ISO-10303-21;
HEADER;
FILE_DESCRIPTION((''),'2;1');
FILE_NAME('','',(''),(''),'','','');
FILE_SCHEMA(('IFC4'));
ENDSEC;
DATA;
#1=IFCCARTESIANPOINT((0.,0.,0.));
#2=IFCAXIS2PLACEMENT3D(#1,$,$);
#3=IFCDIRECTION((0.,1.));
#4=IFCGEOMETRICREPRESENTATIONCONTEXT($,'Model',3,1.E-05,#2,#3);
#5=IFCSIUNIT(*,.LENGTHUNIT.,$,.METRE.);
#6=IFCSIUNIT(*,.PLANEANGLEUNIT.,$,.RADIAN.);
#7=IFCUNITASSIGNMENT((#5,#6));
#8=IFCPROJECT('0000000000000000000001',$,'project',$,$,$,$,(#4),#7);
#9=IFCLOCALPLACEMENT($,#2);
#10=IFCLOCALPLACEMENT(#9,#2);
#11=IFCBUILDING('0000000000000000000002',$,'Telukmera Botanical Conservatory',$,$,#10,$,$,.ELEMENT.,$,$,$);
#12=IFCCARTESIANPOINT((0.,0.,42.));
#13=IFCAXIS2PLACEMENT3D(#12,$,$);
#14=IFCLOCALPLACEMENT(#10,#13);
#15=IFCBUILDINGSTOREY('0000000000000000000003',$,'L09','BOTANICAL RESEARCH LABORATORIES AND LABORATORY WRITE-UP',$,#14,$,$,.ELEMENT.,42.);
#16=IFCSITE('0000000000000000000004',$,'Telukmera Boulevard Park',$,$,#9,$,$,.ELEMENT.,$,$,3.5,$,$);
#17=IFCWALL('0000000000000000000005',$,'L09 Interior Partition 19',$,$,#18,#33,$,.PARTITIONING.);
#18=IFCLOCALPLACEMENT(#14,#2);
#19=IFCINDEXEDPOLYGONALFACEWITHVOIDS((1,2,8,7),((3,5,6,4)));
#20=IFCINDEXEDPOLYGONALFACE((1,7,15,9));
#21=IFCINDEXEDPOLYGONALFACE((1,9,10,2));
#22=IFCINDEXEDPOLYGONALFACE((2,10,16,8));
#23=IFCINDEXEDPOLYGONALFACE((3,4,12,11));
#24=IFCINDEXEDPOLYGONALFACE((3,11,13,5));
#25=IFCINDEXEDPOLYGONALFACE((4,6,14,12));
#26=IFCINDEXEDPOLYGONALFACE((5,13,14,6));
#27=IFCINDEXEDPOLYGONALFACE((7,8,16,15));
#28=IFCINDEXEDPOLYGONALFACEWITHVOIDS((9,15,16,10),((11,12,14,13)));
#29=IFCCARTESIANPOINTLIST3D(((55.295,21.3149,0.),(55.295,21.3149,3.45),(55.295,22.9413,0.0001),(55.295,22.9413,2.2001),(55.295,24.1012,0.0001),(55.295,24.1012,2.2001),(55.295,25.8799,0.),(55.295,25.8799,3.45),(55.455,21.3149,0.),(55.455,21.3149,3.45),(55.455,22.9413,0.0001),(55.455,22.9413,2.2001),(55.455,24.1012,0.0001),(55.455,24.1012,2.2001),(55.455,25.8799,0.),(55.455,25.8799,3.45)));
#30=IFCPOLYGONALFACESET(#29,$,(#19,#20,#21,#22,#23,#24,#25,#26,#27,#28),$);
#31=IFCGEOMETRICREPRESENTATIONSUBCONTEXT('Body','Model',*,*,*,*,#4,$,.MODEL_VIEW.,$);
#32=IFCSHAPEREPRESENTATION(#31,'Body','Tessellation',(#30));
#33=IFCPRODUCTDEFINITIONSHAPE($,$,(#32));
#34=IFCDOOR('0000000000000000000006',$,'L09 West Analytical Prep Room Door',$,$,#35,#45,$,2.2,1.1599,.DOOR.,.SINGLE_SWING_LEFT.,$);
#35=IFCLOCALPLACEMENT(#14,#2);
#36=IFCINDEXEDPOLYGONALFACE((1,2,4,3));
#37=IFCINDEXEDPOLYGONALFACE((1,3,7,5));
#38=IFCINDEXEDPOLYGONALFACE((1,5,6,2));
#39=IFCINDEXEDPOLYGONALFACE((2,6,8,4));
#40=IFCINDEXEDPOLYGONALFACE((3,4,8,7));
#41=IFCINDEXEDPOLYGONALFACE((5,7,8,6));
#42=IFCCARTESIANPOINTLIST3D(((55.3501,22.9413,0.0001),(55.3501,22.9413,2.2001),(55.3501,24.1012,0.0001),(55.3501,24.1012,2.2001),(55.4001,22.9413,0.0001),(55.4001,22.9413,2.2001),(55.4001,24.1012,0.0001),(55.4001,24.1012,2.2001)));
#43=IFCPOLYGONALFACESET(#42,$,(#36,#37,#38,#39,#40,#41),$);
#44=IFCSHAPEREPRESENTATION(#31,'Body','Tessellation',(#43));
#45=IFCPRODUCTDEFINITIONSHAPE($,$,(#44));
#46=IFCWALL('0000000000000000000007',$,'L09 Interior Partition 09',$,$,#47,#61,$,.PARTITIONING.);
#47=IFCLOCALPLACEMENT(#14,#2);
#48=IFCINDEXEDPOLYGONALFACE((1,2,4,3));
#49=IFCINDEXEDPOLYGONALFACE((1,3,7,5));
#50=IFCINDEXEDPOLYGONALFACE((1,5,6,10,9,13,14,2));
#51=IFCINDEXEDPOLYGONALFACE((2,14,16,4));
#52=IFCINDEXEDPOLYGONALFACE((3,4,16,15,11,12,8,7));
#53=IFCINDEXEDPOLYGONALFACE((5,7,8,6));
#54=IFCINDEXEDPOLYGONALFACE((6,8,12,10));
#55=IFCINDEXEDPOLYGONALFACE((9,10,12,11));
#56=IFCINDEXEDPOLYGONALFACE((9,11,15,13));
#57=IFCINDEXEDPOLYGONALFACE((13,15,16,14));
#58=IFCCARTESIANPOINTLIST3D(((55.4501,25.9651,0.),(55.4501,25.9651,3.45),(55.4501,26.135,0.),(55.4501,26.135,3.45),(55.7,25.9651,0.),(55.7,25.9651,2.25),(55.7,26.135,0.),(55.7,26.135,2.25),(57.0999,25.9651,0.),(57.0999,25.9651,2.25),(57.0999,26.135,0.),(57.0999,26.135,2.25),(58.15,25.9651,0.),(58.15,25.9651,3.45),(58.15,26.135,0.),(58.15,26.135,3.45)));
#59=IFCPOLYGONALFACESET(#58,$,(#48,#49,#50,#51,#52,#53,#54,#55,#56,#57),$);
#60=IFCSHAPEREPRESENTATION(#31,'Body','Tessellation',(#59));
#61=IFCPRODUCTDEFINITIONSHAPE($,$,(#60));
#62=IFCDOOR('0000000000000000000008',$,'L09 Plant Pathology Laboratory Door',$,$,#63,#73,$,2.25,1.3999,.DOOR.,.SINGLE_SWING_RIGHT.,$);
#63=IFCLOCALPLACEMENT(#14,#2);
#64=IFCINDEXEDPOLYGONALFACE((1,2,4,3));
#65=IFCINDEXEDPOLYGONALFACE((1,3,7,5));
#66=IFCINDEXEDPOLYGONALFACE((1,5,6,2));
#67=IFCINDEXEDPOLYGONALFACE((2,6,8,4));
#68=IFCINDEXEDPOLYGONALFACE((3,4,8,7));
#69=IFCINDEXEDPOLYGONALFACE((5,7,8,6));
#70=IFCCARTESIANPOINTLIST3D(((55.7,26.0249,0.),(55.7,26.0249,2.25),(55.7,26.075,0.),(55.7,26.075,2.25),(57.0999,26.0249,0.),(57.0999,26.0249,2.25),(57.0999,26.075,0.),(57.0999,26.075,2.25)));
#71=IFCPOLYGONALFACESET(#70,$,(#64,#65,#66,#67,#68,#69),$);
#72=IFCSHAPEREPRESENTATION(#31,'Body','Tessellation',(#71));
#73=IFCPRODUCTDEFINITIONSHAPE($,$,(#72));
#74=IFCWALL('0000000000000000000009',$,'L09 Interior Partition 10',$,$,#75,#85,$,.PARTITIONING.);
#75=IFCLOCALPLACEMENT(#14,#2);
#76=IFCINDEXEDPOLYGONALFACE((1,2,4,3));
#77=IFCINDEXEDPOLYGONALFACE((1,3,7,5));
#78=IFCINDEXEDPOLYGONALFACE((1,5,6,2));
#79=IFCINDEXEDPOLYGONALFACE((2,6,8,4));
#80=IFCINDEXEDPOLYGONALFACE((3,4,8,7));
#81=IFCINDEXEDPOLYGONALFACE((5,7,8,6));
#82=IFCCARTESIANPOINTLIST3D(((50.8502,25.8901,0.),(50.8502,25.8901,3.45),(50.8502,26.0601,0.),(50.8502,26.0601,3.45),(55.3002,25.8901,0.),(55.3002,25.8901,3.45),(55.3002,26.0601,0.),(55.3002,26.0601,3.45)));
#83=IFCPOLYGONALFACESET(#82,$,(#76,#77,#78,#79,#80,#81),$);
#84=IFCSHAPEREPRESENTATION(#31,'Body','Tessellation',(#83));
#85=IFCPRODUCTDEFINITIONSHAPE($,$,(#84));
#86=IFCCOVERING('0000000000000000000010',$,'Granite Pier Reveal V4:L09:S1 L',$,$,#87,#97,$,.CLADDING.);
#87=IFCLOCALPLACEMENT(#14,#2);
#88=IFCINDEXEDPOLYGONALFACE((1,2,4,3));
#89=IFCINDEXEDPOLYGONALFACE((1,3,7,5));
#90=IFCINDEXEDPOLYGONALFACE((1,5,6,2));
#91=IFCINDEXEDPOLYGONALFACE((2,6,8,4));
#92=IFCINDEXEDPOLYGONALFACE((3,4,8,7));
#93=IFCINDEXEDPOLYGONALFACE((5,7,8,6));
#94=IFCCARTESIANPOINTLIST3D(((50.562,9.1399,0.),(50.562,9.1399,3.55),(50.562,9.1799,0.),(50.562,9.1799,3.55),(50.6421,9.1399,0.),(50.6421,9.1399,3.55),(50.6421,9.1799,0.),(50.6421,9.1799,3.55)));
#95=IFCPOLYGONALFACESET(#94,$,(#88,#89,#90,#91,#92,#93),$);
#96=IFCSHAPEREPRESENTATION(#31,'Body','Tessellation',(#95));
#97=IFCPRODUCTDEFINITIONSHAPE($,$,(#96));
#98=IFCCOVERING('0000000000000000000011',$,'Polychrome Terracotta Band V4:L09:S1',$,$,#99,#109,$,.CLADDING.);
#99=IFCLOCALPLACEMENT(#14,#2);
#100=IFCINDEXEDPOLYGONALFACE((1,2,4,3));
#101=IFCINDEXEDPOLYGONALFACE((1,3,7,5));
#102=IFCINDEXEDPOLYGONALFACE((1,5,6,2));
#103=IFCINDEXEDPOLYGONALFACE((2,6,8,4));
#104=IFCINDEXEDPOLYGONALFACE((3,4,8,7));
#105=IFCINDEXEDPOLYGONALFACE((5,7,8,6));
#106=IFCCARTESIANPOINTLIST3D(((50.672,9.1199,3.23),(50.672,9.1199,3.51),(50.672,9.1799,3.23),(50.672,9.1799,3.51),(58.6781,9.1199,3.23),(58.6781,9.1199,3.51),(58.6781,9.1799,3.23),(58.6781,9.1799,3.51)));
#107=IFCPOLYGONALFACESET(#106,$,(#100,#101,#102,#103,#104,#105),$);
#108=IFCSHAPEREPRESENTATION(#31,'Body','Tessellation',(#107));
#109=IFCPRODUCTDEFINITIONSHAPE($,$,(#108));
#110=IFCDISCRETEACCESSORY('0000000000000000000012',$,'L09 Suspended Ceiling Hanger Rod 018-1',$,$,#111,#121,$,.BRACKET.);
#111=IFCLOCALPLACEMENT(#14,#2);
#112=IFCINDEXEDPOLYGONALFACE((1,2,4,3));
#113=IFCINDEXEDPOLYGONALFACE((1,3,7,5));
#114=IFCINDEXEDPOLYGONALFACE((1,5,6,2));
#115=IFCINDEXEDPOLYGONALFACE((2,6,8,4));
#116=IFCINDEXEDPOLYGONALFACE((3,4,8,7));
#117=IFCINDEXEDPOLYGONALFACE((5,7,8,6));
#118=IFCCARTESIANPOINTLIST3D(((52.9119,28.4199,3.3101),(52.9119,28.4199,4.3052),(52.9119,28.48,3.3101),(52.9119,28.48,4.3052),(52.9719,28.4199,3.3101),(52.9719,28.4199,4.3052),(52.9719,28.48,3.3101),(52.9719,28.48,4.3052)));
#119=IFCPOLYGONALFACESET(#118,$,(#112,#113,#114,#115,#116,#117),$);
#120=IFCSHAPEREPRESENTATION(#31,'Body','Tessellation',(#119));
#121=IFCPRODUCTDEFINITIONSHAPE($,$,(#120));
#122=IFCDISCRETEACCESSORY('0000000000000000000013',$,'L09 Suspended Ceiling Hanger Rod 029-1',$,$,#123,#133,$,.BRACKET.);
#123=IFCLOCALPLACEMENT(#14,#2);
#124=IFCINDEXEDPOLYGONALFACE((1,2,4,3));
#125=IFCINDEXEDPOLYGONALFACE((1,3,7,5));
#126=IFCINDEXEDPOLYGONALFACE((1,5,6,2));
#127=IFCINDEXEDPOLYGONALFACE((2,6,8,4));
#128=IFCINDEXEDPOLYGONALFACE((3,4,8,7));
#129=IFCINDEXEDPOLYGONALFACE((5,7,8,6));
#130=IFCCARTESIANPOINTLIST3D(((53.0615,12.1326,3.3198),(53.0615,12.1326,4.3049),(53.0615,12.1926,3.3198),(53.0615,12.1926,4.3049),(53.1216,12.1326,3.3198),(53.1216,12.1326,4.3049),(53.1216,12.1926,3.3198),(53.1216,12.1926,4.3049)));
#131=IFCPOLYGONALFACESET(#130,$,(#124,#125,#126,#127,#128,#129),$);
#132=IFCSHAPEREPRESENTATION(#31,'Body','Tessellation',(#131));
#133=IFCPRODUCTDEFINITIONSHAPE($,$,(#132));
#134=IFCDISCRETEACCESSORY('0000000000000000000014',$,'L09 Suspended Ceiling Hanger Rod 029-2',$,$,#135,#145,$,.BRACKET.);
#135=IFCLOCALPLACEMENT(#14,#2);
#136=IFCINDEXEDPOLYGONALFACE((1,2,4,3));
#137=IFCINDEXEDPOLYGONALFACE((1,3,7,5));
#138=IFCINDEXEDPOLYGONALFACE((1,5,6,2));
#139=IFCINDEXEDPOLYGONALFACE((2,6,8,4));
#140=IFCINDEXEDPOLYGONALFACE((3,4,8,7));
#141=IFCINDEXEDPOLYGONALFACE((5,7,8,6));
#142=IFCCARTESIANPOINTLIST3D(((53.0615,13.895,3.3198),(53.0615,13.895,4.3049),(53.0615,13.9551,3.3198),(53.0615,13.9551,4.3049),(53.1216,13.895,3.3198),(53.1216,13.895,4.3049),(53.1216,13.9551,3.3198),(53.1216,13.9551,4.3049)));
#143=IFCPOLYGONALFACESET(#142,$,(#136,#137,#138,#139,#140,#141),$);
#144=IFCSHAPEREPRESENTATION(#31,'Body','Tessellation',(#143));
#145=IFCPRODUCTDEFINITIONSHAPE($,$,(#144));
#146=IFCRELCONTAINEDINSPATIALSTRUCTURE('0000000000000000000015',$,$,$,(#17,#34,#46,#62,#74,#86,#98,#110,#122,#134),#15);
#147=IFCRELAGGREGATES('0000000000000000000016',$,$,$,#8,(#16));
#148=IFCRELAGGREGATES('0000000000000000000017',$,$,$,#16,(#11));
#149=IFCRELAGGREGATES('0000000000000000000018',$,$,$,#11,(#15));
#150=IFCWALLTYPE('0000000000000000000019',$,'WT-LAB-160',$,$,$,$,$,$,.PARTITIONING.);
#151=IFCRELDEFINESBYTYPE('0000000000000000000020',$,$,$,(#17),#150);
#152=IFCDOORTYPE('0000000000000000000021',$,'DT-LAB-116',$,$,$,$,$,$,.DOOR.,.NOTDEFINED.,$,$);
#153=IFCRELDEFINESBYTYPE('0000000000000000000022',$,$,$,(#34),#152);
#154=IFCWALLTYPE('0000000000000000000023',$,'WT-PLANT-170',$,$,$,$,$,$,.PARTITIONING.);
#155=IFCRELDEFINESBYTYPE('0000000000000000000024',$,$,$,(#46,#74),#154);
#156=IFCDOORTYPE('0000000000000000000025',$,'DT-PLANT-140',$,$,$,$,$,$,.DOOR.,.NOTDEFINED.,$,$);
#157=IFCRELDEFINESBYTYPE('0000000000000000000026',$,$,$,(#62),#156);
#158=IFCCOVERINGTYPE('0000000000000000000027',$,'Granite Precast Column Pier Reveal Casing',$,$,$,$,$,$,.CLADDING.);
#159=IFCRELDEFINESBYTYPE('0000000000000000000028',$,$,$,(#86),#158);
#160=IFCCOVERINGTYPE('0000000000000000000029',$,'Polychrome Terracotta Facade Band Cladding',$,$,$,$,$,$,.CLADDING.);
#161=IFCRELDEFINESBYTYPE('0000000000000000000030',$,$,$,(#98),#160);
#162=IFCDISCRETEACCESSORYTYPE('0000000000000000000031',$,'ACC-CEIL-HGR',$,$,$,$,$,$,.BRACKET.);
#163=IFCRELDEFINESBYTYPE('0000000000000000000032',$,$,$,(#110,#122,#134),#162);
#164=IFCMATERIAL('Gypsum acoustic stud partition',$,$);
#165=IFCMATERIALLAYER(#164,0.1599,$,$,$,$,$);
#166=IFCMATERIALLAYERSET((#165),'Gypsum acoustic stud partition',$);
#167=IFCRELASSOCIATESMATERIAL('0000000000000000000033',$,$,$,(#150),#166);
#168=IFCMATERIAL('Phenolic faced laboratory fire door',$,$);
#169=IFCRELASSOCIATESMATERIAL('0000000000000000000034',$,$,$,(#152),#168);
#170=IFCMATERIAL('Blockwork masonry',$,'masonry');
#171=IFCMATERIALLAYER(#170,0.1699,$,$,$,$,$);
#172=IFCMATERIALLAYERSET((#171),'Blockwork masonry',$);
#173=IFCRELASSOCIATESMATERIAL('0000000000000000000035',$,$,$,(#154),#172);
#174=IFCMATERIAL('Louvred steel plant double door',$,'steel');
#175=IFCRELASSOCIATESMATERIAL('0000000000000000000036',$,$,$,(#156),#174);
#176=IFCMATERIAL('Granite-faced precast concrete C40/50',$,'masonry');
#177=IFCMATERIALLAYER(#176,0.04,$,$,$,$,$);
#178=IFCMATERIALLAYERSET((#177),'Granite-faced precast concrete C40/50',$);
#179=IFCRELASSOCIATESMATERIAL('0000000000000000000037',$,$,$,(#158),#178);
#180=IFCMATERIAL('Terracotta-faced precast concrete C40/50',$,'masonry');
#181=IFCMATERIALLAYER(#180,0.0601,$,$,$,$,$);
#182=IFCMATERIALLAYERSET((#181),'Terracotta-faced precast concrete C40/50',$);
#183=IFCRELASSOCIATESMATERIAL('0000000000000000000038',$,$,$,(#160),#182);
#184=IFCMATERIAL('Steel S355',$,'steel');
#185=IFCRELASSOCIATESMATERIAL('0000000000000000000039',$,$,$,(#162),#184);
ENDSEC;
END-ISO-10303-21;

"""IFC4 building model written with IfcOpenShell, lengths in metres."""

from ifc_helpers import new_model, si_unit, direction, frame, frame_2d, origin, origin_2d, place, context, subcontext, project, spatial, rectangle, extrude, material, layer, layer_set, type_object, element, fill, save


model = new_model("IFC4")

# Units and contexts
model_context = context("Model", 3, precision=1e-05, world=origin(), true_north=direction((0.0, 1.0)))
body_context = subcontext(model_context, "Body", "Model", "MODEL_VIEW")
ifc_project = project(units=[si_unit("LENGTHUNIT", "METRE"), si_unit("PLANEANGLEUNIT", "RADIAN")], contexts=[model_context])

# Site, building, storey
site_placement = place(None, origin())
site = spatial("IfcSite", under=ifc_project, at=site_placement, Name="Telukmera Boulevard Park", CompositionType="ELEMENT", RefElevation=3.5)
building_placement = place(site_placement, origin())
building = spatial("IfcBuilding", under=site, at=building_placement, Name="Telukmera Botanical Conservatory", CompositionType="ELEMENT")
storey_placement = place(building_placement, frame((0.0, 0.0, 42.0)))
storey = spatial("IfcBuildingStorey", under=building, at=storey_placement, Name="L09", Description="BOTANICAL RESEARCH LABORATORIES AND LABORATORY WRITE-UP", CompositionType="ELEMENT", Elevation=42.0)

# Shared definitions
ifc_material_1 = material(Name="Gypsum acoustic stud partition")
ifc_layer_1 = layer(ifc_material_1, 0.1599)
ifc_layer_set_1 = layer_set([ifc_layer_1], Name="Gypsum acoustic stud partition")
wall_type_1 = type_object("IfcWallType", Name="WT-LAB-160", PredefinedType="PARTITIONING", material=ifc_layer_set_1)

# Walls, openings, doors
ifc_material_2 = material(Name="Phenolic faced laboratory fire door")
door_type_1 = type_object("IfcDoorType", Name="DT-LAB-116", OperationType="NOTDEFINED", PredefinedType="DOOR", material=ifc_material_2)
wall_1_placement = place(storey_placement, frame((55.375, 21.3149, 0.0), z_axis=(0.0, 0.0, 1.0), x_axis=(0.0, 1.0, 0.0)))
wall_1 = element("IfcWall", 1, at=wall_1_placement, inside=storey, type_object=wall_type_1, Name="L09 Interior Partition 19", PredefinedType="PARTITIONING", context=body_context, shape_type="SweptSolid", body=[
    extrude(rectangle(XDim=4.5649, YDim=0.1599, at=frame_2d((2.2825, 0.0))), origin(), (0.0, 0.0, 1.0), 3.45),
])
opening_1_placement = place(wall_1_placement, frame((1.6262, 0.0, 0.0)))
opening_1 = element("IfcOpeningElement", 2, at=opening_1_placement, cuts=wall_1, PredefinedType="OPENING", context=body_context, shape_type="SweptSolid", body=[
    extrude(rectangle(XDim=1.1599, YDim=2.2, at=frame_2d((0.5801, 1.1001))), frame((0.0, 0.0898, 0.0), z_axis=(0.0, -1.0, 0.0), x_axis=(1.0, 0.0, 0.0)), (0.0, 0.0, 1.0), 0.1799),
])
door_1_placement = place(opening_1_placement, origin())
door_1 = element("IfcDoor", 3, at=door_1_placement, inside=storey, type_object=door_type_1, Name="L09 West Analytical Prep Room Door", OperationType="SINGLE_SWING_LEFT", OverallHeight=2.2, OverallWidth=1.1599, PredefinedType="DOOR", context=body_context, shape_type="SweptSolid", body=[
    extrude(rectangle(XDim=1.1599, YDim=2.2, at=frame_2d((0.5801, 1.1001))), frame((0.0, 0.0249, 0.0), z_axis=(0.0, -1.0, 0.0), x_axis=(1.0, 0.0, 0.0)), (0.0, 0.0, 1.0), 0.05),
])
fill(opening_1, door_1)
ifc_material_3 = material(Name="Blockwork masonry", Category="masonry")
ifc_layer_2 = layer(ifc_material_3, 0.1699)
ifc_layer_set_2 = layer_set([ifc_layer_2], Name="Blockwork masonry")
wall_type_2 = type_object("IfcWallType", Name="WT-PLANT-170", PredefinedType="PARTITIONING", material=ifc_layer_set_2)
wall_2_placement = place(storey_placement, frame((55.45, 26.05, 0.0), z_axis=(0.0, 0.0, 1.0), x_axis=(1.0, 0.0, 0.0)))
wall_2 = element("IfcWall", 4, at=wall_2_placement, inside=storey, type_object=wall_type_2, Name="L09 Interior Partition 09", PredefinedType="PARTITIONING", context=body_context, shape_type="SweptSolid", body=[
    extrude(rectangle(XDim=2.7, YDim=0.1699, at=frame_2d((1.3501, 0.0))), origin(), (0.0, 0.0, 1.0), 3.45),
])
opening_2_placement = place(wall_2_placement, frame((0.25, 0.0, 0.0)))
opening_2 = element("IfcOpeningElement", 5, at=opening_2_placement, cuts=wall_2, PredefinedType="OPENING", context=body_context, shape_type="SweptSolid", body=[
    extrude(rectangle(XDim=1.3999, YDim=2.25, at=frame_2d((0.7, 1.125))), frame((0.0, 0.095, 0.0), z_axis=(0.0, -1.0, 0.0), x_axis=(1.0, 0.0, 0.0)), (0.0, 0.0, 1.0), 0.1899),
])
ifc_material_4 = material(Name="Louvred steel plant double door", Category="steel")
door_type_2 = type_object("IfcDoorType", Name="DT-PLANT-140", OperationType="NOTDEFINED", PredefinedType="DOOR", material=ifc_material_4)
door_2_placement = place(opening_2_placement, origin())
door_2 = element("IfcDoor", 6, at=door_2_placement, inside=storey, type_object=door_type_2, Name="L09 Plant Pathology Laboratory Door", OperationType="SINGLE_SWING_RIGHT", OverallHeight=2.25, OverallWidth=1.3999, PredefinedType="DOOR", context=body_context, shape_type="SweptSolid", body=[
    extrude(rectangle(XDim=1.3999, YDim=2.25, at=frame_2d((0.7, 1.125))), frame((0.0, 0.0249, 0.0), z_axis=(0.0, -1.0, 0.0), x_axis=(1.0, 0.0, 0.0)), (0.0, 0.0, 1.0), 0.05),
])
fill(opening_2, door_2)

# Wall
wall_3_placement = place(storey_placement, frame((50.8501, 25.9751, 0.0), z_axis=(0.0, 0.0, 1.0), x_axis=(1.0, 0.0, 0.0)))
element("IfcWall", 7, at=wall_3_placement, inside=storey, type_object=wall_type_2, Name="L09 Interior Partition 10", PredefinedType="PARTITIONING", context=body_context, shape_type="SweptSolid", body=[
    extrude(rectangle(XDim=4.45, YDim=0.1699, at=frame_2d((2.2251, 0.0))), origin(), (0.0, 0.0, 1.0), 3.45),
])

# Coverings
ifc_material_5 = material(Name="Granite-faced precast concrete C40/50", Category="masonry")
ifc_layer_3 = layer(ifc_material_5, 0.04)
ifc_layer_set_3 = layer_set([ifc_layer_3], Name="Granite-faced precast concrete C40/50")
covering_type_1 = type_object("IfcCoveringType", Name="Granite Precast Column Pier Reveal Casing", PredefinedType="CLADDING", material=ifc_layer_set_3)
covering_1_placement = place(storey_placement, frame((50.6021, 9.1599, 0.0), z_axis=(0.0, 0.0, 1.0), x_axis=(1.0, 0.0, 0.0)))
element("IfcCovering", 8, at=covering_1_placement, inside=storey, type_object=covering_type_1, Name="Granite Pier Reveal V4:L09:S1 L", PredefinedType="CLADDING", context=body_context, shape_type="SweptSolid", body=[
    extrude(rectangle(XDim=0.0801, YDim=0.04, at=origin_2d()), origin(), (0.0, 0.0, 1.0), 3.55),
])
ifc_material_6 = material(Name="Terracotta-faced precast concrete C40/50", Category="masonry")
ifc_layer_4 = layer(ifc_material_6, 0.0601)
ifc_layer_set_4 = layer_set([ifc_layer_4], Name="Terracotta-faced precast concrete C40/50")
covering_type_2 = type_object("IfcCoveringType", Name="Polychrome Terracotta Facade Band Cladding", PredefinedType="CLADDING", material=ifc_layer_set_4)
covering_2_placement = place(storey_placement, frame((54.675, 9.1499, 3.23), z_axis=(0.0, 0.0, 1.0), x_axis=(1.0, 0.0, 0.0)))
element("IfcCovering", 9, at=covering_2_placement, inside=storey, type_object=covering_type_2, Name="Polychrome Terracotta Band V4:L09:S1", PredefinedType="CLADDING", context=body_context, shape_type="SweptSolid", body=[
    extrude(rectangle(XDim=8.0061, YDim=0.0601, at=origin_2d()), origin(), (0.0, 0.0, 1.0), 0.28),
])

# Discrete accessories
ifc_material_7 = material(Name="Steel S355", Category="steel")
discrete_accessory_type = type_object("IfcDiscreteAccessoryType", Name="ACC-CEIL-HGR", PredefinedType="BRACKET", material=ifc_material_7)
discrete_accessory_placement = place(storey_placement, frame((52.9419, 28.45, 3.3101), z_axis=(0.0, 0.0, 1.0), x_axis=(1.0, 0.0, 0.0)))
element("IfcDiscreteAccessory", 10, at=discrete_accessory_placement, inside=storey, type_object=discrete_accessory_type, Name="L09 Suspended Ceiling Hanger Rod 018-1", PredefinedType="BRACKET", context=body_context, shape_type="SweptSolid", body=[
    extrude(rectangle(XDim=0.0601, YDim=0.0601, at=origin_2d()), origin(), (0.0, 0.0, 1.0), 0.9951),
])
for number, where, z_axis, x_axis, name in (
    (11, (53.0916, 12.1626, 3.3198), (0.0, 0.0, 1.0), (1.0, 0.0, 0.0), "L09 Suspended Ceiling Hanger Rod 029-1"),
    (12, (53.0916, 13.925, 3.3198), (0.0, 0.0, 1.0), (1.0, 0.0, 0.0), "L09 Suspended Ceiling Hanger Rod 029-2"),
):
    element("IfcDiscreteAccessory", number, at=place(storey_placement, frame(where, z_axis=z_axis, x_axis=x_axis)), inside=storey, type_object=discrete_accessory_type, Name=name, PredefinedType="BRACKET", context=body_context, shape_type="SweptSolid", body=[
        extrude(rectangle(XDim=0.0601, YDim=0.0601, at=origin_2d()), origin(), (0.0, 0.0, 1.0), 0.9851),
    ])

save(model, "model.ifc")
